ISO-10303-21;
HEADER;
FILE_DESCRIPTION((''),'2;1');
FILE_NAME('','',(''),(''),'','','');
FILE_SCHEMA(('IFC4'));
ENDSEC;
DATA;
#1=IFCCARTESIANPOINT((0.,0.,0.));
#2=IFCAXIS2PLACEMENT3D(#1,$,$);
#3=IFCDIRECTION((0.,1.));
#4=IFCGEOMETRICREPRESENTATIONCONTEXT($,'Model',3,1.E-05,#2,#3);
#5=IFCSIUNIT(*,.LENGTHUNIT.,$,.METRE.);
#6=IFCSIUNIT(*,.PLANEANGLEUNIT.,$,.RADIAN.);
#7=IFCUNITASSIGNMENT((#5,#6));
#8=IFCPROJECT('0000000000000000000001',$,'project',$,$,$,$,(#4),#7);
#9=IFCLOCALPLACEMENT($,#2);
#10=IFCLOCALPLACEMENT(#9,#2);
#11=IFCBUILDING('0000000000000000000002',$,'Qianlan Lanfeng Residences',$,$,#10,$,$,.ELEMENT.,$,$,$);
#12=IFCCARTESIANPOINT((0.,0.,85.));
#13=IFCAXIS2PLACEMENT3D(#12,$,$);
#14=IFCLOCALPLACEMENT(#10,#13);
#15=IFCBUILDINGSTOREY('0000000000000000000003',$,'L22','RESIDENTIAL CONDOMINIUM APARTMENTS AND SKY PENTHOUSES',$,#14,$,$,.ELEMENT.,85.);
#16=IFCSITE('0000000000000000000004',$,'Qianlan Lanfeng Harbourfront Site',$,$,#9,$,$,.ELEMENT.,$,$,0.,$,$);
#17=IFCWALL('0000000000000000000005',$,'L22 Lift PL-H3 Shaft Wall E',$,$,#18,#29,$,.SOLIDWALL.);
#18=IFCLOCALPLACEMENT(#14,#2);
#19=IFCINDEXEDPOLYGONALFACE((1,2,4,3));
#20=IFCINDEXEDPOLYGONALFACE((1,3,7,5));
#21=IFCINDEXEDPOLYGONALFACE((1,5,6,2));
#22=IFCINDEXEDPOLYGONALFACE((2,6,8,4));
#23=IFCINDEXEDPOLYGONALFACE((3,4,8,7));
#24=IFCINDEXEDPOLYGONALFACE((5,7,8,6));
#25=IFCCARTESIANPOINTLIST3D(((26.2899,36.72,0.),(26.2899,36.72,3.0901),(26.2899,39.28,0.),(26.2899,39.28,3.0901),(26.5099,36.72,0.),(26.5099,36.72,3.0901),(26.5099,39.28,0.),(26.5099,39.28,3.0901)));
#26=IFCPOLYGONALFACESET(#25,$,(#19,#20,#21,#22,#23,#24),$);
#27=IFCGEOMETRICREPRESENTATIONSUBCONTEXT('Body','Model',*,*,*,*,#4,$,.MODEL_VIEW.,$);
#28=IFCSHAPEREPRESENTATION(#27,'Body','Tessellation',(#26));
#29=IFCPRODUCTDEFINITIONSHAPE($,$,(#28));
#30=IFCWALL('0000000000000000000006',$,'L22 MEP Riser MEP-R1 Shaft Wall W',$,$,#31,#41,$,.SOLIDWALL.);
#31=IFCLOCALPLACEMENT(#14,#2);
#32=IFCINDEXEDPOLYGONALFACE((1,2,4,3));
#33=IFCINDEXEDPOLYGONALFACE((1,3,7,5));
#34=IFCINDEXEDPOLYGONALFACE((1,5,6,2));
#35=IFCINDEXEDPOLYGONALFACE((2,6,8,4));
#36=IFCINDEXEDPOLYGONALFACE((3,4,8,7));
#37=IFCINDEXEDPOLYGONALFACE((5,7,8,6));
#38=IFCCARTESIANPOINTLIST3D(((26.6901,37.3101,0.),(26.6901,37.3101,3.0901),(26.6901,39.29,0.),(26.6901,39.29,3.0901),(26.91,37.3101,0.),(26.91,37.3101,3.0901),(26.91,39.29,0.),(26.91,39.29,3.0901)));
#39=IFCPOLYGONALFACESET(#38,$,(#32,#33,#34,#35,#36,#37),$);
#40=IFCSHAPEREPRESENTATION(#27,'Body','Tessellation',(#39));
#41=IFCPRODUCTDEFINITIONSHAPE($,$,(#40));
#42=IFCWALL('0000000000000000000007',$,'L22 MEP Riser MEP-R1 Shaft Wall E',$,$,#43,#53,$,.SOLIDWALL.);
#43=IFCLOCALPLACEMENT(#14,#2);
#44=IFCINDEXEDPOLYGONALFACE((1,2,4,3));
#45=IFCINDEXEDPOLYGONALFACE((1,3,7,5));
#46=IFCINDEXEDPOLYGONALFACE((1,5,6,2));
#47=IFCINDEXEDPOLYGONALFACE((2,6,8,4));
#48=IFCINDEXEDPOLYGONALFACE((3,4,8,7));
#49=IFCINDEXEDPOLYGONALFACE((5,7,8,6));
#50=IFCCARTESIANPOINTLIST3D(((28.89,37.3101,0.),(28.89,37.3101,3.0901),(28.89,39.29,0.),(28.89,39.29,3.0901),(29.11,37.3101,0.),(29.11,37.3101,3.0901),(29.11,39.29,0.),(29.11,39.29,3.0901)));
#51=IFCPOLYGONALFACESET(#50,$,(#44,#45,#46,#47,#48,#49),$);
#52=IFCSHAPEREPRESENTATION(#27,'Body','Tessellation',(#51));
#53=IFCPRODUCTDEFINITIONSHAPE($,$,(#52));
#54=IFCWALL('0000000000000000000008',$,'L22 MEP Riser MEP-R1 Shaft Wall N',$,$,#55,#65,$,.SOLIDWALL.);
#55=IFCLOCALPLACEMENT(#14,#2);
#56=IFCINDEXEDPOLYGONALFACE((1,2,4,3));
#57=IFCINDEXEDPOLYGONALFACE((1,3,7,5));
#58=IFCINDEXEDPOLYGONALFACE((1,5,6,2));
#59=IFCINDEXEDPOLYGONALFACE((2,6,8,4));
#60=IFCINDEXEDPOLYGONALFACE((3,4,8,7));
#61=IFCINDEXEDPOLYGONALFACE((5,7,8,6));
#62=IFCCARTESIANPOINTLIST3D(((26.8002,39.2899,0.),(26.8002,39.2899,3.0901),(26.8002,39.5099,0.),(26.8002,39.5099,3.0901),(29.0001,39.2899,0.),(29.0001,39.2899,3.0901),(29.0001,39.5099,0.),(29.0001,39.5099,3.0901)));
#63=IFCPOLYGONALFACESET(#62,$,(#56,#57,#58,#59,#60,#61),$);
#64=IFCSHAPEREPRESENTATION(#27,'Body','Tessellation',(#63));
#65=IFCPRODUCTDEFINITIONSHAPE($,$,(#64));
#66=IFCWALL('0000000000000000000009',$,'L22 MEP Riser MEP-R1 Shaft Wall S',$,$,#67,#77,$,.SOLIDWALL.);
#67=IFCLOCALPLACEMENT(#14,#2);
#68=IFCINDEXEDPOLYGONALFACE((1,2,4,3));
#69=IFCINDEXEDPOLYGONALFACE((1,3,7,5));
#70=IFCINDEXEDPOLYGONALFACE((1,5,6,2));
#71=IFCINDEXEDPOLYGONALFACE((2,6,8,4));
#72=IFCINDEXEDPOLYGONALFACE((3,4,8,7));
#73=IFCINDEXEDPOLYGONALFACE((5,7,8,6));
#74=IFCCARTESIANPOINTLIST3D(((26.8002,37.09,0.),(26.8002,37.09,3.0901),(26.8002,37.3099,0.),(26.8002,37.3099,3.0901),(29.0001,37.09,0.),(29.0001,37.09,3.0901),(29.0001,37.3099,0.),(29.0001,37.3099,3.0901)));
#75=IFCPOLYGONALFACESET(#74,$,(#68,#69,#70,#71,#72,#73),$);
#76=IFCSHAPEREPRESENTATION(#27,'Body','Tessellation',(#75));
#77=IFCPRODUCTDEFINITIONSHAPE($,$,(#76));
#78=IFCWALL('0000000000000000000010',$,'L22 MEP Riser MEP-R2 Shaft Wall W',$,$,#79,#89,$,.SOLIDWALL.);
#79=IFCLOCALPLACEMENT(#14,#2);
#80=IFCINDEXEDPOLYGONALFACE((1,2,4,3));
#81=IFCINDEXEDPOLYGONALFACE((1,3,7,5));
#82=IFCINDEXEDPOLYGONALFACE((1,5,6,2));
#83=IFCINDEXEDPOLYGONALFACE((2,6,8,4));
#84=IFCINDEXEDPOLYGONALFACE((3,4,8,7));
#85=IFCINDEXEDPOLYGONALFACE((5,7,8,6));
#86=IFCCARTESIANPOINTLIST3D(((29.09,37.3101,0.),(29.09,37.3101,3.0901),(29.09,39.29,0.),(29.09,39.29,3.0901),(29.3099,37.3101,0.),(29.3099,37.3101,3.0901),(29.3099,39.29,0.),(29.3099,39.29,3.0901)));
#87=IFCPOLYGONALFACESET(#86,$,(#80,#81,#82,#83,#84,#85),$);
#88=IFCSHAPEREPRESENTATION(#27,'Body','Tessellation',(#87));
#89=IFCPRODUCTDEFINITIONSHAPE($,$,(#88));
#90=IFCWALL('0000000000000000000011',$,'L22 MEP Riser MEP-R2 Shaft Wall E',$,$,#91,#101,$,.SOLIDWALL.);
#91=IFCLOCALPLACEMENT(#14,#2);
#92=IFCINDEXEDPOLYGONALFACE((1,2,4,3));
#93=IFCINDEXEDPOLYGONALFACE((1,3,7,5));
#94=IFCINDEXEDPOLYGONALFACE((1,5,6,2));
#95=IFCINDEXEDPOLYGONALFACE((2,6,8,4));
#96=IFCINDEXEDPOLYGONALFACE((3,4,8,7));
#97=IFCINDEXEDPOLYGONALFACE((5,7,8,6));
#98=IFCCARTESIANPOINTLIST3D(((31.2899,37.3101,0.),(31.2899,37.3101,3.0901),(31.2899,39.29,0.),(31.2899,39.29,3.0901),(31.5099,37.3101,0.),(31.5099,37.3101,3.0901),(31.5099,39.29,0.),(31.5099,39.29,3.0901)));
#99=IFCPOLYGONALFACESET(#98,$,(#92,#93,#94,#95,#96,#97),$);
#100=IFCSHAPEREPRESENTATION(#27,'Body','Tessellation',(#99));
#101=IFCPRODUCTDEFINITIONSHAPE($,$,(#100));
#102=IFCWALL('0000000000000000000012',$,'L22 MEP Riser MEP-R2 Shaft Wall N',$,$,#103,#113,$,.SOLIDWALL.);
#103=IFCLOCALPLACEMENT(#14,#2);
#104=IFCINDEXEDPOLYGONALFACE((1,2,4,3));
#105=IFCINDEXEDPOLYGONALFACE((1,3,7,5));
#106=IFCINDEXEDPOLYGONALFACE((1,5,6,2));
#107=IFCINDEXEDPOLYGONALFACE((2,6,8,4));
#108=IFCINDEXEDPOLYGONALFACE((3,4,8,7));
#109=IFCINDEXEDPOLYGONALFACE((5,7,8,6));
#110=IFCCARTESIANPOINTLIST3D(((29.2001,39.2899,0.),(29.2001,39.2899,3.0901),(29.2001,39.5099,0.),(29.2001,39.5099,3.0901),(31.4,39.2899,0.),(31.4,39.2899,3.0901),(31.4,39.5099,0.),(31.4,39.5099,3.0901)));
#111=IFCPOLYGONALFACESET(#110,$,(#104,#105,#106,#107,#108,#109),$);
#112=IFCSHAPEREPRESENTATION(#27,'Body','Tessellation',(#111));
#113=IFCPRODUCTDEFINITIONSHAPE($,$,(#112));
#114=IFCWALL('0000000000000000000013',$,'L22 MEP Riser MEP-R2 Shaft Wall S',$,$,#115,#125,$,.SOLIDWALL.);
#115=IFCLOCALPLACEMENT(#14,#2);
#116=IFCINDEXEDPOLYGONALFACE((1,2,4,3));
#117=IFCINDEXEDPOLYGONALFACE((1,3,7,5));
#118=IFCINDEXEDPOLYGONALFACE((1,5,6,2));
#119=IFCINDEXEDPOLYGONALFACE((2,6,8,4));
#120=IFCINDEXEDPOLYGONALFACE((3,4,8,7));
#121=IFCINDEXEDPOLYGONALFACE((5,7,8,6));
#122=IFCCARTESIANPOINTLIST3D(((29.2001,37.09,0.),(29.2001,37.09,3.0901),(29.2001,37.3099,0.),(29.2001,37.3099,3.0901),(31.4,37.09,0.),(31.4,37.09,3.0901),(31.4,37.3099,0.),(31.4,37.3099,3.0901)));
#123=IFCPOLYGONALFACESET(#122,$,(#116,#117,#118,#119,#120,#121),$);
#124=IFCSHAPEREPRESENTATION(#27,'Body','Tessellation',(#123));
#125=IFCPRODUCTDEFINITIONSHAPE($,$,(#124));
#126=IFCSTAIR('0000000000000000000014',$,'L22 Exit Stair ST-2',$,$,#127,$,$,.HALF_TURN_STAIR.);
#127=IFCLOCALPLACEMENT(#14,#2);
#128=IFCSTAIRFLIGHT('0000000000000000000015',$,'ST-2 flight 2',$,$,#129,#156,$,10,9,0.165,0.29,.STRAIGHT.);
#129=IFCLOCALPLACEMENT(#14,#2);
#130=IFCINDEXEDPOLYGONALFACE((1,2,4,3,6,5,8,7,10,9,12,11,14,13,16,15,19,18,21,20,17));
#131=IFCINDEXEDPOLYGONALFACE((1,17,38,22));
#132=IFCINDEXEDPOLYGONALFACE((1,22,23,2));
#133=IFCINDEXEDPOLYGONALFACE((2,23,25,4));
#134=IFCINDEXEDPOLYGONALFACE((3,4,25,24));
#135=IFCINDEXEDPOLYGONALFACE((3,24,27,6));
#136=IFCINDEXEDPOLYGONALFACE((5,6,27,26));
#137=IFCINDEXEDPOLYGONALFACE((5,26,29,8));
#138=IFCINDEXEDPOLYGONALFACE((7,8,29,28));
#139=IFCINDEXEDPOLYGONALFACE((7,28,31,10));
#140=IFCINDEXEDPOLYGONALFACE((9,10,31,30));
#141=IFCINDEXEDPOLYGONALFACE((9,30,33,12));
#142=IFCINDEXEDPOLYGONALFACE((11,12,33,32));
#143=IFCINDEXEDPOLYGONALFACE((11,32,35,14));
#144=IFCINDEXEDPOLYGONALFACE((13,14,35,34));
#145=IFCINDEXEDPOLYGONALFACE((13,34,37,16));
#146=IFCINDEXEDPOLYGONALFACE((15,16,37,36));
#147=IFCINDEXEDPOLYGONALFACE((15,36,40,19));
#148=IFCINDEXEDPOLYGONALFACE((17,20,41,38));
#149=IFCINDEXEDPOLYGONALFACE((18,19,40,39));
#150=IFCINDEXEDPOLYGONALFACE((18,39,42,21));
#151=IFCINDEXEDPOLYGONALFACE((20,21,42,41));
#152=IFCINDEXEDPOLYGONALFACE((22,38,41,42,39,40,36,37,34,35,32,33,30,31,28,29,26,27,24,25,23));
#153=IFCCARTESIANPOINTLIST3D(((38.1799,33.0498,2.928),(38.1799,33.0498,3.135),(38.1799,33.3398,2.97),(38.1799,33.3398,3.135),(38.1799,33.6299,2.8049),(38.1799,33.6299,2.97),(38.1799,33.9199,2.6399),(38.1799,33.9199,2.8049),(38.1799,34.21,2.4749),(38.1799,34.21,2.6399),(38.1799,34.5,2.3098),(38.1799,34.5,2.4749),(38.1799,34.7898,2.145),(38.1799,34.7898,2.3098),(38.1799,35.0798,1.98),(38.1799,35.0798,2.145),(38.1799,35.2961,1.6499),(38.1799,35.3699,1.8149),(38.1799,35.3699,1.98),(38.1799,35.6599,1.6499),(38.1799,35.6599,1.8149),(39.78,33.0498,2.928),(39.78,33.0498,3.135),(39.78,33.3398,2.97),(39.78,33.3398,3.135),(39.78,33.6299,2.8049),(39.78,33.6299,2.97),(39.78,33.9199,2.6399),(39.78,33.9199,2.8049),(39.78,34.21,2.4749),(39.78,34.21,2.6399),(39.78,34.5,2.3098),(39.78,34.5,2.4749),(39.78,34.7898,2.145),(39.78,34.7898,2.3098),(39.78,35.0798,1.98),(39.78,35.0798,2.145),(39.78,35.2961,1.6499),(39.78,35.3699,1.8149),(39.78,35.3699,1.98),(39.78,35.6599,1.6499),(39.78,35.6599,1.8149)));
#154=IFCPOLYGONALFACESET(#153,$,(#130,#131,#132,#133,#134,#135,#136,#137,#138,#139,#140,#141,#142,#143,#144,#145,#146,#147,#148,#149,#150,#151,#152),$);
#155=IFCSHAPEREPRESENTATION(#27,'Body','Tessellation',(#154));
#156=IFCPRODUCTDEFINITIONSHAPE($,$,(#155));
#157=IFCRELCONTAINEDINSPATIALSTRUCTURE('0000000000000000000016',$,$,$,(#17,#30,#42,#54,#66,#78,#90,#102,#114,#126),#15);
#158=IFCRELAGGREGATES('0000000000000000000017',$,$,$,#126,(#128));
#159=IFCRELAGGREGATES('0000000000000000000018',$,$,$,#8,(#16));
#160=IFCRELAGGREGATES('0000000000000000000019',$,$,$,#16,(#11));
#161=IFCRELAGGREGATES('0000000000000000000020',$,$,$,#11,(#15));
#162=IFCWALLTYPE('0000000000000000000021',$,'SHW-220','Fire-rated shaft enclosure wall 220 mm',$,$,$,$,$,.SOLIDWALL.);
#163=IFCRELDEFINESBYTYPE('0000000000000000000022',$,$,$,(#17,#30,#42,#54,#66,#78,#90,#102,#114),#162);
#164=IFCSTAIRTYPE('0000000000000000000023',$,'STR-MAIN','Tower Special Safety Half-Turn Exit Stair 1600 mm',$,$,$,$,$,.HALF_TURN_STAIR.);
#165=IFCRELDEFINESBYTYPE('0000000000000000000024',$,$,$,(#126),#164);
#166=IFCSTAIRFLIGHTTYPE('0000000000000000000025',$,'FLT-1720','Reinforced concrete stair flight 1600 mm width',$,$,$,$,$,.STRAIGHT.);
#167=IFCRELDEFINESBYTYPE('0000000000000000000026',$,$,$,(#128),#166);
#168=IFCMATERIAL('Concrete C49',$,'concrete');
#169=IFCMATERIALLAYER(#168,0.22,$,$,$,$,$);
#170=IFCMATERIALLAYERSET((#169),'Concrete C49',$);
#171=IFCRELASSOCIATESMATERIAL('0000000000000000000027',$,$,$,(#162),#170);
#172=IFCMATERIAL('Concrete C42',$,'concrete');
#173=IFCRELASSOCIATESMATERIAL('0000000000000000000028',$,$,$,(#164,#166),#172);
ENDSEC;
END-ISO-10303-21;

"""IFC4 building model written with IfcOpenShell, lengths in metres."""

from ifc_helpers import new_model, si_unit, direction, frame, frame_2d, origin, place, context, subcontext, project, spatial, polyline, rectangle, outline, extrude, material, layer, layer_set, type_object, element, aggregate, save


model = new_model("IFC4")

# Units and contexts
model_context = context("Model", 3, precision=1e-05, world=origin(), true_north=direction((0.0, 1.0)))
body_context = subcontext(model_context, "Body", "Model", "MODEL_VIEW")
ifc_project = project(units=[si_unit("LENGTHUNIT", "METRE"), si_unit("PLANEANGLEUNIT", "RADIAN")], contexts=[model_context])

# Site, building, storey
site_placement = place(None, origin())
site = spatial("IfcSite", under=ifc_project, at=site_placement, Name="Qianlan Lanfeng Harbourfront Site", CompositionType="ELEMENT", RefElevation=0.0)
building_placement = place(site_placement, origin())
building = spatial("IfcBuilding", under=site, at=building_placement, Name="Qianlan Lanfeng Residences", CompositionType="ELEMENT")
storey_placement = place(building_placement, frame((0.0, 0.0, 85.0)))
storey = spatial("IfcBuildingStorey", under=building, at=storey_placement, Name="L22", Description="RESIDENTIAL CONDOMINIUM APARTMENTS AND SKY PENTHOUSES", CompositionType="ELEMENT", Elevation=85.0)

# Walls
ifc_material_1 = material(Name="Concrete C49", Category="concrete")
ifc_layer_1 = layer(ifc_material_1, 0.22)
ifc_layer_set_1 = layer_set([ifc_layer_1], Name="Concrete C49")
wall_type_1 = type_object("IfcWallType", Name="SHW-220", Description="Fire-rated shaft enclosure wall 220 mm", PredefinedType="SOLIDWALL", material=ifc_layer_set_1)
for number, where, z_axis, x_axis, name in (
    (1, (26.3999, 36.72, 0.0), (0.0, 0.0, 1.0), (0.0, 1.0, 0.0), "L22 Lift PL-H3 Shaft Wall E"),
):
    element("IfcWall", number, at=place(storey_placement, frame(where, z_axis=z_axis, x_axis=x_axis)), inside=storey, type_object=wall_type_1, Name=name, PredefinedType="SOLIDWALL", context=body_context, shape_type="SweptSolid", body=[
        extrude(rectangle(XDim=2.5601, YDim=0.22, at=frame_2d((1.28, 0.0))), origin(), (0.0, 0.0, 1.0), 3.0901),
    ])
for number, where, z_axis, x_axis, name in (
    (2, (26.8, 37.3101, 0.0), (0.0, 0.0, 1.0), (0.0, 1.0, 0.0), "L22 MEP Riser MEP-R1 Shaft Wall W"),
    (3, (29.0, 37.3101, 0.0), (0.0, 0.0, 1.0), (0.0, 1.0, 0.0), "L22 MEP Riser MEP-R1 Shaft Wall E"),
):
    element("IfcWall", number, at=place(storey_placement, frame(where, z_axis=z_axis, x_axis=x_axis)), inside=storey, type_object=wall_type_1, Name=name, PredefinedType="SOLIDWALL", context=body_context, shape_type="SweptSolid", body=[
        extrude(rectangle(XDim=1.98, YDim=0.22, at=frame_2d((0.99, 0.0))), origin(), (0.0, 0.0, 1.0), 3.0901),
    ])
for number, where, z_axis, x_axis, name in (
    (4, (26.8, 39.3999, 0.0), (0.0, 0.0, 1.0), (1.0, 0.0, 0.0), "L22 MEP Riser MEP-R1 Shaft Wall N"),
    (5, (26.8, 37.2, 0.0), (0.0, 0.0, 1.0), (1.0, 0.0, 0.0), "L22 MEP Riser MEP-R1 Shaft Wall S"),
):
    element("IfcWall", number, at=place(storey_placement, frame(where, z_axis=z_axis, x_axis=x_axis)), inside=storey, type_object=wall_type_1, Name=name, PredefinedType="SOLIDWALL", context=body_context, shape_type="SweptSolid", body=[
        extrude(rectangle(XDim=2.2, YDim=0.22, at=frame_2d((1.1001, 0.0))), origin(), (0.0, 0.0, 1.0), 3.0901),
    ])
for number, where, z_axis, x_axis, name in (
    (6, (29.2, 37.3101, 0.0), (0.0, 0.0, 1.0), (0.0, 1.0, 0.0), "L22 MEP Riser MEP-R2 Shaft Wall W"),
    (7, (31.3999, 37.3101, 0.0), (0.0, 0.0, 1.0), (0.0, 1.0, 0.0), "L22 MEP Riser MEP-R2 Shaft Wall E"),
):
    element("IfcWall", number, at=place(storey_placement, frame(where, z_axis=z_axis, x_axis=x_axis)), inside=storey, type_object=wall_type_1, Name=name, PredefinedType="SOLIDWALL", context=body_context, shape_type="SweptSolid", body=[
        extrude(rectangle(XDim=1.98, YDim=0.22, at=frame_2d((0.99, 0.0))), origin(), (0.0, 0.0, 1.0), 3.0901),
    ])
for number, where, z_axis, x_axis, name in (
    (8, (29.2, 39.3999, 0.0), (0.0, 0.0, 1.0), (1.0, 0.0, 0.0), "L22 MEP Riser MEP-R2 Shaft Wall N"),
    (9, (29.2, 37.2, 0.0), (0.0, 0.0, 1.0), (1.0, 0.0, 0.0), "L22 MEP Riser MEP-R2 Shaft Wall S"),
):
    element("IfcWall", number, at=place(storey_placement, frame(where, z_axis=z_axis, x_axis=x_axis)), inside=storey, type_object=wall_type_1, Name=name, PredefinedType="SOLIDWALL", context=body_context, shape_type="SweptSolid", body=[
        extrude(rectangle(XDim=2.2, YDim=0.22, at=frame_2d((1.1001, 0.0))), origin(), (0.0, 0.0, 1.0), 3.0901),
    ])

# Stair, stair flight
ifc_material_2 = material(Name="Concrete C42", Category="concrete")
stair_type = type_object("IfcStairType", Name="STR-MAIN", Description="Tower Special Safety Half-Turn Exit Stair 1600 mm", PredefinedType="HALF_TURN_STAIR", material=ifc_material_2)
stair_placement = place(storey_placement, origin())
stair = element("IfcStair", 10, at=stair_placement, inside=storey, type_object=stair_type, Name="L22 Exit Stair ST-2", PredefinedType="HALF_TURN_STAIR")
stair_flight_type = type_object("IfcStairFlightType", Name="FLT-1720", Description="Reinforced concrete stair flight 1600 mm width", PredefinedType="STRAIGHT", material=ifc_material_2)
stair_flight_placement = place(storey_placement, frame((38.98, 35.6599, 1.6499), z_axis=(0.0, 0.0, 1.0), x_axis=(0.0, -1.0, 0.0)))
stair_flight = element("IfcStairFlight", 11, at=stair_flight_placement, type_object=stair_flight_type, Name="ST-2 flight 2", NumberOfRisers=10, NumberOfTreads=9, PredefinedType="STRAIGHT", RiserHeight=0.165, TreadLength=0.29, context=body_context, shape_type="SweptSolid", body=[
    extrude(outline(polyline([(0.0, 0.0), (0.0, 0.165), (0.29, 0.165), (0.29, 0.3301), (0.5801, 0.3301), (0.5801, 0.4951), (0.8701, 0.4951), (0.8701, 0.6599), (1.1599, 0.6599), (1.1599, 0.825), (1.45, 0.825), (1.45, 0.99), (1.74, 0.99), (1.74, 1.155), (2.03, 1.155), (2.03, 1.3201), (2.3201, 1.3201), (2.3201, 1.4851), (2.6101, 1.4851), (2.6101, 1.6499), (2.6101, 1.2781), (0.3638, 0.0), (0.0, 0.0)])), frame((0.0, 0.8, 0.0), z_axis=(0.0, -1.0, 0.0), x_axis=(1.0, 0.0, 0.0)), (0.0, 0.0, 1.0), 1.6001),
])
aggregate(stair, [stair_flight])

save(model, "model.ifc")
